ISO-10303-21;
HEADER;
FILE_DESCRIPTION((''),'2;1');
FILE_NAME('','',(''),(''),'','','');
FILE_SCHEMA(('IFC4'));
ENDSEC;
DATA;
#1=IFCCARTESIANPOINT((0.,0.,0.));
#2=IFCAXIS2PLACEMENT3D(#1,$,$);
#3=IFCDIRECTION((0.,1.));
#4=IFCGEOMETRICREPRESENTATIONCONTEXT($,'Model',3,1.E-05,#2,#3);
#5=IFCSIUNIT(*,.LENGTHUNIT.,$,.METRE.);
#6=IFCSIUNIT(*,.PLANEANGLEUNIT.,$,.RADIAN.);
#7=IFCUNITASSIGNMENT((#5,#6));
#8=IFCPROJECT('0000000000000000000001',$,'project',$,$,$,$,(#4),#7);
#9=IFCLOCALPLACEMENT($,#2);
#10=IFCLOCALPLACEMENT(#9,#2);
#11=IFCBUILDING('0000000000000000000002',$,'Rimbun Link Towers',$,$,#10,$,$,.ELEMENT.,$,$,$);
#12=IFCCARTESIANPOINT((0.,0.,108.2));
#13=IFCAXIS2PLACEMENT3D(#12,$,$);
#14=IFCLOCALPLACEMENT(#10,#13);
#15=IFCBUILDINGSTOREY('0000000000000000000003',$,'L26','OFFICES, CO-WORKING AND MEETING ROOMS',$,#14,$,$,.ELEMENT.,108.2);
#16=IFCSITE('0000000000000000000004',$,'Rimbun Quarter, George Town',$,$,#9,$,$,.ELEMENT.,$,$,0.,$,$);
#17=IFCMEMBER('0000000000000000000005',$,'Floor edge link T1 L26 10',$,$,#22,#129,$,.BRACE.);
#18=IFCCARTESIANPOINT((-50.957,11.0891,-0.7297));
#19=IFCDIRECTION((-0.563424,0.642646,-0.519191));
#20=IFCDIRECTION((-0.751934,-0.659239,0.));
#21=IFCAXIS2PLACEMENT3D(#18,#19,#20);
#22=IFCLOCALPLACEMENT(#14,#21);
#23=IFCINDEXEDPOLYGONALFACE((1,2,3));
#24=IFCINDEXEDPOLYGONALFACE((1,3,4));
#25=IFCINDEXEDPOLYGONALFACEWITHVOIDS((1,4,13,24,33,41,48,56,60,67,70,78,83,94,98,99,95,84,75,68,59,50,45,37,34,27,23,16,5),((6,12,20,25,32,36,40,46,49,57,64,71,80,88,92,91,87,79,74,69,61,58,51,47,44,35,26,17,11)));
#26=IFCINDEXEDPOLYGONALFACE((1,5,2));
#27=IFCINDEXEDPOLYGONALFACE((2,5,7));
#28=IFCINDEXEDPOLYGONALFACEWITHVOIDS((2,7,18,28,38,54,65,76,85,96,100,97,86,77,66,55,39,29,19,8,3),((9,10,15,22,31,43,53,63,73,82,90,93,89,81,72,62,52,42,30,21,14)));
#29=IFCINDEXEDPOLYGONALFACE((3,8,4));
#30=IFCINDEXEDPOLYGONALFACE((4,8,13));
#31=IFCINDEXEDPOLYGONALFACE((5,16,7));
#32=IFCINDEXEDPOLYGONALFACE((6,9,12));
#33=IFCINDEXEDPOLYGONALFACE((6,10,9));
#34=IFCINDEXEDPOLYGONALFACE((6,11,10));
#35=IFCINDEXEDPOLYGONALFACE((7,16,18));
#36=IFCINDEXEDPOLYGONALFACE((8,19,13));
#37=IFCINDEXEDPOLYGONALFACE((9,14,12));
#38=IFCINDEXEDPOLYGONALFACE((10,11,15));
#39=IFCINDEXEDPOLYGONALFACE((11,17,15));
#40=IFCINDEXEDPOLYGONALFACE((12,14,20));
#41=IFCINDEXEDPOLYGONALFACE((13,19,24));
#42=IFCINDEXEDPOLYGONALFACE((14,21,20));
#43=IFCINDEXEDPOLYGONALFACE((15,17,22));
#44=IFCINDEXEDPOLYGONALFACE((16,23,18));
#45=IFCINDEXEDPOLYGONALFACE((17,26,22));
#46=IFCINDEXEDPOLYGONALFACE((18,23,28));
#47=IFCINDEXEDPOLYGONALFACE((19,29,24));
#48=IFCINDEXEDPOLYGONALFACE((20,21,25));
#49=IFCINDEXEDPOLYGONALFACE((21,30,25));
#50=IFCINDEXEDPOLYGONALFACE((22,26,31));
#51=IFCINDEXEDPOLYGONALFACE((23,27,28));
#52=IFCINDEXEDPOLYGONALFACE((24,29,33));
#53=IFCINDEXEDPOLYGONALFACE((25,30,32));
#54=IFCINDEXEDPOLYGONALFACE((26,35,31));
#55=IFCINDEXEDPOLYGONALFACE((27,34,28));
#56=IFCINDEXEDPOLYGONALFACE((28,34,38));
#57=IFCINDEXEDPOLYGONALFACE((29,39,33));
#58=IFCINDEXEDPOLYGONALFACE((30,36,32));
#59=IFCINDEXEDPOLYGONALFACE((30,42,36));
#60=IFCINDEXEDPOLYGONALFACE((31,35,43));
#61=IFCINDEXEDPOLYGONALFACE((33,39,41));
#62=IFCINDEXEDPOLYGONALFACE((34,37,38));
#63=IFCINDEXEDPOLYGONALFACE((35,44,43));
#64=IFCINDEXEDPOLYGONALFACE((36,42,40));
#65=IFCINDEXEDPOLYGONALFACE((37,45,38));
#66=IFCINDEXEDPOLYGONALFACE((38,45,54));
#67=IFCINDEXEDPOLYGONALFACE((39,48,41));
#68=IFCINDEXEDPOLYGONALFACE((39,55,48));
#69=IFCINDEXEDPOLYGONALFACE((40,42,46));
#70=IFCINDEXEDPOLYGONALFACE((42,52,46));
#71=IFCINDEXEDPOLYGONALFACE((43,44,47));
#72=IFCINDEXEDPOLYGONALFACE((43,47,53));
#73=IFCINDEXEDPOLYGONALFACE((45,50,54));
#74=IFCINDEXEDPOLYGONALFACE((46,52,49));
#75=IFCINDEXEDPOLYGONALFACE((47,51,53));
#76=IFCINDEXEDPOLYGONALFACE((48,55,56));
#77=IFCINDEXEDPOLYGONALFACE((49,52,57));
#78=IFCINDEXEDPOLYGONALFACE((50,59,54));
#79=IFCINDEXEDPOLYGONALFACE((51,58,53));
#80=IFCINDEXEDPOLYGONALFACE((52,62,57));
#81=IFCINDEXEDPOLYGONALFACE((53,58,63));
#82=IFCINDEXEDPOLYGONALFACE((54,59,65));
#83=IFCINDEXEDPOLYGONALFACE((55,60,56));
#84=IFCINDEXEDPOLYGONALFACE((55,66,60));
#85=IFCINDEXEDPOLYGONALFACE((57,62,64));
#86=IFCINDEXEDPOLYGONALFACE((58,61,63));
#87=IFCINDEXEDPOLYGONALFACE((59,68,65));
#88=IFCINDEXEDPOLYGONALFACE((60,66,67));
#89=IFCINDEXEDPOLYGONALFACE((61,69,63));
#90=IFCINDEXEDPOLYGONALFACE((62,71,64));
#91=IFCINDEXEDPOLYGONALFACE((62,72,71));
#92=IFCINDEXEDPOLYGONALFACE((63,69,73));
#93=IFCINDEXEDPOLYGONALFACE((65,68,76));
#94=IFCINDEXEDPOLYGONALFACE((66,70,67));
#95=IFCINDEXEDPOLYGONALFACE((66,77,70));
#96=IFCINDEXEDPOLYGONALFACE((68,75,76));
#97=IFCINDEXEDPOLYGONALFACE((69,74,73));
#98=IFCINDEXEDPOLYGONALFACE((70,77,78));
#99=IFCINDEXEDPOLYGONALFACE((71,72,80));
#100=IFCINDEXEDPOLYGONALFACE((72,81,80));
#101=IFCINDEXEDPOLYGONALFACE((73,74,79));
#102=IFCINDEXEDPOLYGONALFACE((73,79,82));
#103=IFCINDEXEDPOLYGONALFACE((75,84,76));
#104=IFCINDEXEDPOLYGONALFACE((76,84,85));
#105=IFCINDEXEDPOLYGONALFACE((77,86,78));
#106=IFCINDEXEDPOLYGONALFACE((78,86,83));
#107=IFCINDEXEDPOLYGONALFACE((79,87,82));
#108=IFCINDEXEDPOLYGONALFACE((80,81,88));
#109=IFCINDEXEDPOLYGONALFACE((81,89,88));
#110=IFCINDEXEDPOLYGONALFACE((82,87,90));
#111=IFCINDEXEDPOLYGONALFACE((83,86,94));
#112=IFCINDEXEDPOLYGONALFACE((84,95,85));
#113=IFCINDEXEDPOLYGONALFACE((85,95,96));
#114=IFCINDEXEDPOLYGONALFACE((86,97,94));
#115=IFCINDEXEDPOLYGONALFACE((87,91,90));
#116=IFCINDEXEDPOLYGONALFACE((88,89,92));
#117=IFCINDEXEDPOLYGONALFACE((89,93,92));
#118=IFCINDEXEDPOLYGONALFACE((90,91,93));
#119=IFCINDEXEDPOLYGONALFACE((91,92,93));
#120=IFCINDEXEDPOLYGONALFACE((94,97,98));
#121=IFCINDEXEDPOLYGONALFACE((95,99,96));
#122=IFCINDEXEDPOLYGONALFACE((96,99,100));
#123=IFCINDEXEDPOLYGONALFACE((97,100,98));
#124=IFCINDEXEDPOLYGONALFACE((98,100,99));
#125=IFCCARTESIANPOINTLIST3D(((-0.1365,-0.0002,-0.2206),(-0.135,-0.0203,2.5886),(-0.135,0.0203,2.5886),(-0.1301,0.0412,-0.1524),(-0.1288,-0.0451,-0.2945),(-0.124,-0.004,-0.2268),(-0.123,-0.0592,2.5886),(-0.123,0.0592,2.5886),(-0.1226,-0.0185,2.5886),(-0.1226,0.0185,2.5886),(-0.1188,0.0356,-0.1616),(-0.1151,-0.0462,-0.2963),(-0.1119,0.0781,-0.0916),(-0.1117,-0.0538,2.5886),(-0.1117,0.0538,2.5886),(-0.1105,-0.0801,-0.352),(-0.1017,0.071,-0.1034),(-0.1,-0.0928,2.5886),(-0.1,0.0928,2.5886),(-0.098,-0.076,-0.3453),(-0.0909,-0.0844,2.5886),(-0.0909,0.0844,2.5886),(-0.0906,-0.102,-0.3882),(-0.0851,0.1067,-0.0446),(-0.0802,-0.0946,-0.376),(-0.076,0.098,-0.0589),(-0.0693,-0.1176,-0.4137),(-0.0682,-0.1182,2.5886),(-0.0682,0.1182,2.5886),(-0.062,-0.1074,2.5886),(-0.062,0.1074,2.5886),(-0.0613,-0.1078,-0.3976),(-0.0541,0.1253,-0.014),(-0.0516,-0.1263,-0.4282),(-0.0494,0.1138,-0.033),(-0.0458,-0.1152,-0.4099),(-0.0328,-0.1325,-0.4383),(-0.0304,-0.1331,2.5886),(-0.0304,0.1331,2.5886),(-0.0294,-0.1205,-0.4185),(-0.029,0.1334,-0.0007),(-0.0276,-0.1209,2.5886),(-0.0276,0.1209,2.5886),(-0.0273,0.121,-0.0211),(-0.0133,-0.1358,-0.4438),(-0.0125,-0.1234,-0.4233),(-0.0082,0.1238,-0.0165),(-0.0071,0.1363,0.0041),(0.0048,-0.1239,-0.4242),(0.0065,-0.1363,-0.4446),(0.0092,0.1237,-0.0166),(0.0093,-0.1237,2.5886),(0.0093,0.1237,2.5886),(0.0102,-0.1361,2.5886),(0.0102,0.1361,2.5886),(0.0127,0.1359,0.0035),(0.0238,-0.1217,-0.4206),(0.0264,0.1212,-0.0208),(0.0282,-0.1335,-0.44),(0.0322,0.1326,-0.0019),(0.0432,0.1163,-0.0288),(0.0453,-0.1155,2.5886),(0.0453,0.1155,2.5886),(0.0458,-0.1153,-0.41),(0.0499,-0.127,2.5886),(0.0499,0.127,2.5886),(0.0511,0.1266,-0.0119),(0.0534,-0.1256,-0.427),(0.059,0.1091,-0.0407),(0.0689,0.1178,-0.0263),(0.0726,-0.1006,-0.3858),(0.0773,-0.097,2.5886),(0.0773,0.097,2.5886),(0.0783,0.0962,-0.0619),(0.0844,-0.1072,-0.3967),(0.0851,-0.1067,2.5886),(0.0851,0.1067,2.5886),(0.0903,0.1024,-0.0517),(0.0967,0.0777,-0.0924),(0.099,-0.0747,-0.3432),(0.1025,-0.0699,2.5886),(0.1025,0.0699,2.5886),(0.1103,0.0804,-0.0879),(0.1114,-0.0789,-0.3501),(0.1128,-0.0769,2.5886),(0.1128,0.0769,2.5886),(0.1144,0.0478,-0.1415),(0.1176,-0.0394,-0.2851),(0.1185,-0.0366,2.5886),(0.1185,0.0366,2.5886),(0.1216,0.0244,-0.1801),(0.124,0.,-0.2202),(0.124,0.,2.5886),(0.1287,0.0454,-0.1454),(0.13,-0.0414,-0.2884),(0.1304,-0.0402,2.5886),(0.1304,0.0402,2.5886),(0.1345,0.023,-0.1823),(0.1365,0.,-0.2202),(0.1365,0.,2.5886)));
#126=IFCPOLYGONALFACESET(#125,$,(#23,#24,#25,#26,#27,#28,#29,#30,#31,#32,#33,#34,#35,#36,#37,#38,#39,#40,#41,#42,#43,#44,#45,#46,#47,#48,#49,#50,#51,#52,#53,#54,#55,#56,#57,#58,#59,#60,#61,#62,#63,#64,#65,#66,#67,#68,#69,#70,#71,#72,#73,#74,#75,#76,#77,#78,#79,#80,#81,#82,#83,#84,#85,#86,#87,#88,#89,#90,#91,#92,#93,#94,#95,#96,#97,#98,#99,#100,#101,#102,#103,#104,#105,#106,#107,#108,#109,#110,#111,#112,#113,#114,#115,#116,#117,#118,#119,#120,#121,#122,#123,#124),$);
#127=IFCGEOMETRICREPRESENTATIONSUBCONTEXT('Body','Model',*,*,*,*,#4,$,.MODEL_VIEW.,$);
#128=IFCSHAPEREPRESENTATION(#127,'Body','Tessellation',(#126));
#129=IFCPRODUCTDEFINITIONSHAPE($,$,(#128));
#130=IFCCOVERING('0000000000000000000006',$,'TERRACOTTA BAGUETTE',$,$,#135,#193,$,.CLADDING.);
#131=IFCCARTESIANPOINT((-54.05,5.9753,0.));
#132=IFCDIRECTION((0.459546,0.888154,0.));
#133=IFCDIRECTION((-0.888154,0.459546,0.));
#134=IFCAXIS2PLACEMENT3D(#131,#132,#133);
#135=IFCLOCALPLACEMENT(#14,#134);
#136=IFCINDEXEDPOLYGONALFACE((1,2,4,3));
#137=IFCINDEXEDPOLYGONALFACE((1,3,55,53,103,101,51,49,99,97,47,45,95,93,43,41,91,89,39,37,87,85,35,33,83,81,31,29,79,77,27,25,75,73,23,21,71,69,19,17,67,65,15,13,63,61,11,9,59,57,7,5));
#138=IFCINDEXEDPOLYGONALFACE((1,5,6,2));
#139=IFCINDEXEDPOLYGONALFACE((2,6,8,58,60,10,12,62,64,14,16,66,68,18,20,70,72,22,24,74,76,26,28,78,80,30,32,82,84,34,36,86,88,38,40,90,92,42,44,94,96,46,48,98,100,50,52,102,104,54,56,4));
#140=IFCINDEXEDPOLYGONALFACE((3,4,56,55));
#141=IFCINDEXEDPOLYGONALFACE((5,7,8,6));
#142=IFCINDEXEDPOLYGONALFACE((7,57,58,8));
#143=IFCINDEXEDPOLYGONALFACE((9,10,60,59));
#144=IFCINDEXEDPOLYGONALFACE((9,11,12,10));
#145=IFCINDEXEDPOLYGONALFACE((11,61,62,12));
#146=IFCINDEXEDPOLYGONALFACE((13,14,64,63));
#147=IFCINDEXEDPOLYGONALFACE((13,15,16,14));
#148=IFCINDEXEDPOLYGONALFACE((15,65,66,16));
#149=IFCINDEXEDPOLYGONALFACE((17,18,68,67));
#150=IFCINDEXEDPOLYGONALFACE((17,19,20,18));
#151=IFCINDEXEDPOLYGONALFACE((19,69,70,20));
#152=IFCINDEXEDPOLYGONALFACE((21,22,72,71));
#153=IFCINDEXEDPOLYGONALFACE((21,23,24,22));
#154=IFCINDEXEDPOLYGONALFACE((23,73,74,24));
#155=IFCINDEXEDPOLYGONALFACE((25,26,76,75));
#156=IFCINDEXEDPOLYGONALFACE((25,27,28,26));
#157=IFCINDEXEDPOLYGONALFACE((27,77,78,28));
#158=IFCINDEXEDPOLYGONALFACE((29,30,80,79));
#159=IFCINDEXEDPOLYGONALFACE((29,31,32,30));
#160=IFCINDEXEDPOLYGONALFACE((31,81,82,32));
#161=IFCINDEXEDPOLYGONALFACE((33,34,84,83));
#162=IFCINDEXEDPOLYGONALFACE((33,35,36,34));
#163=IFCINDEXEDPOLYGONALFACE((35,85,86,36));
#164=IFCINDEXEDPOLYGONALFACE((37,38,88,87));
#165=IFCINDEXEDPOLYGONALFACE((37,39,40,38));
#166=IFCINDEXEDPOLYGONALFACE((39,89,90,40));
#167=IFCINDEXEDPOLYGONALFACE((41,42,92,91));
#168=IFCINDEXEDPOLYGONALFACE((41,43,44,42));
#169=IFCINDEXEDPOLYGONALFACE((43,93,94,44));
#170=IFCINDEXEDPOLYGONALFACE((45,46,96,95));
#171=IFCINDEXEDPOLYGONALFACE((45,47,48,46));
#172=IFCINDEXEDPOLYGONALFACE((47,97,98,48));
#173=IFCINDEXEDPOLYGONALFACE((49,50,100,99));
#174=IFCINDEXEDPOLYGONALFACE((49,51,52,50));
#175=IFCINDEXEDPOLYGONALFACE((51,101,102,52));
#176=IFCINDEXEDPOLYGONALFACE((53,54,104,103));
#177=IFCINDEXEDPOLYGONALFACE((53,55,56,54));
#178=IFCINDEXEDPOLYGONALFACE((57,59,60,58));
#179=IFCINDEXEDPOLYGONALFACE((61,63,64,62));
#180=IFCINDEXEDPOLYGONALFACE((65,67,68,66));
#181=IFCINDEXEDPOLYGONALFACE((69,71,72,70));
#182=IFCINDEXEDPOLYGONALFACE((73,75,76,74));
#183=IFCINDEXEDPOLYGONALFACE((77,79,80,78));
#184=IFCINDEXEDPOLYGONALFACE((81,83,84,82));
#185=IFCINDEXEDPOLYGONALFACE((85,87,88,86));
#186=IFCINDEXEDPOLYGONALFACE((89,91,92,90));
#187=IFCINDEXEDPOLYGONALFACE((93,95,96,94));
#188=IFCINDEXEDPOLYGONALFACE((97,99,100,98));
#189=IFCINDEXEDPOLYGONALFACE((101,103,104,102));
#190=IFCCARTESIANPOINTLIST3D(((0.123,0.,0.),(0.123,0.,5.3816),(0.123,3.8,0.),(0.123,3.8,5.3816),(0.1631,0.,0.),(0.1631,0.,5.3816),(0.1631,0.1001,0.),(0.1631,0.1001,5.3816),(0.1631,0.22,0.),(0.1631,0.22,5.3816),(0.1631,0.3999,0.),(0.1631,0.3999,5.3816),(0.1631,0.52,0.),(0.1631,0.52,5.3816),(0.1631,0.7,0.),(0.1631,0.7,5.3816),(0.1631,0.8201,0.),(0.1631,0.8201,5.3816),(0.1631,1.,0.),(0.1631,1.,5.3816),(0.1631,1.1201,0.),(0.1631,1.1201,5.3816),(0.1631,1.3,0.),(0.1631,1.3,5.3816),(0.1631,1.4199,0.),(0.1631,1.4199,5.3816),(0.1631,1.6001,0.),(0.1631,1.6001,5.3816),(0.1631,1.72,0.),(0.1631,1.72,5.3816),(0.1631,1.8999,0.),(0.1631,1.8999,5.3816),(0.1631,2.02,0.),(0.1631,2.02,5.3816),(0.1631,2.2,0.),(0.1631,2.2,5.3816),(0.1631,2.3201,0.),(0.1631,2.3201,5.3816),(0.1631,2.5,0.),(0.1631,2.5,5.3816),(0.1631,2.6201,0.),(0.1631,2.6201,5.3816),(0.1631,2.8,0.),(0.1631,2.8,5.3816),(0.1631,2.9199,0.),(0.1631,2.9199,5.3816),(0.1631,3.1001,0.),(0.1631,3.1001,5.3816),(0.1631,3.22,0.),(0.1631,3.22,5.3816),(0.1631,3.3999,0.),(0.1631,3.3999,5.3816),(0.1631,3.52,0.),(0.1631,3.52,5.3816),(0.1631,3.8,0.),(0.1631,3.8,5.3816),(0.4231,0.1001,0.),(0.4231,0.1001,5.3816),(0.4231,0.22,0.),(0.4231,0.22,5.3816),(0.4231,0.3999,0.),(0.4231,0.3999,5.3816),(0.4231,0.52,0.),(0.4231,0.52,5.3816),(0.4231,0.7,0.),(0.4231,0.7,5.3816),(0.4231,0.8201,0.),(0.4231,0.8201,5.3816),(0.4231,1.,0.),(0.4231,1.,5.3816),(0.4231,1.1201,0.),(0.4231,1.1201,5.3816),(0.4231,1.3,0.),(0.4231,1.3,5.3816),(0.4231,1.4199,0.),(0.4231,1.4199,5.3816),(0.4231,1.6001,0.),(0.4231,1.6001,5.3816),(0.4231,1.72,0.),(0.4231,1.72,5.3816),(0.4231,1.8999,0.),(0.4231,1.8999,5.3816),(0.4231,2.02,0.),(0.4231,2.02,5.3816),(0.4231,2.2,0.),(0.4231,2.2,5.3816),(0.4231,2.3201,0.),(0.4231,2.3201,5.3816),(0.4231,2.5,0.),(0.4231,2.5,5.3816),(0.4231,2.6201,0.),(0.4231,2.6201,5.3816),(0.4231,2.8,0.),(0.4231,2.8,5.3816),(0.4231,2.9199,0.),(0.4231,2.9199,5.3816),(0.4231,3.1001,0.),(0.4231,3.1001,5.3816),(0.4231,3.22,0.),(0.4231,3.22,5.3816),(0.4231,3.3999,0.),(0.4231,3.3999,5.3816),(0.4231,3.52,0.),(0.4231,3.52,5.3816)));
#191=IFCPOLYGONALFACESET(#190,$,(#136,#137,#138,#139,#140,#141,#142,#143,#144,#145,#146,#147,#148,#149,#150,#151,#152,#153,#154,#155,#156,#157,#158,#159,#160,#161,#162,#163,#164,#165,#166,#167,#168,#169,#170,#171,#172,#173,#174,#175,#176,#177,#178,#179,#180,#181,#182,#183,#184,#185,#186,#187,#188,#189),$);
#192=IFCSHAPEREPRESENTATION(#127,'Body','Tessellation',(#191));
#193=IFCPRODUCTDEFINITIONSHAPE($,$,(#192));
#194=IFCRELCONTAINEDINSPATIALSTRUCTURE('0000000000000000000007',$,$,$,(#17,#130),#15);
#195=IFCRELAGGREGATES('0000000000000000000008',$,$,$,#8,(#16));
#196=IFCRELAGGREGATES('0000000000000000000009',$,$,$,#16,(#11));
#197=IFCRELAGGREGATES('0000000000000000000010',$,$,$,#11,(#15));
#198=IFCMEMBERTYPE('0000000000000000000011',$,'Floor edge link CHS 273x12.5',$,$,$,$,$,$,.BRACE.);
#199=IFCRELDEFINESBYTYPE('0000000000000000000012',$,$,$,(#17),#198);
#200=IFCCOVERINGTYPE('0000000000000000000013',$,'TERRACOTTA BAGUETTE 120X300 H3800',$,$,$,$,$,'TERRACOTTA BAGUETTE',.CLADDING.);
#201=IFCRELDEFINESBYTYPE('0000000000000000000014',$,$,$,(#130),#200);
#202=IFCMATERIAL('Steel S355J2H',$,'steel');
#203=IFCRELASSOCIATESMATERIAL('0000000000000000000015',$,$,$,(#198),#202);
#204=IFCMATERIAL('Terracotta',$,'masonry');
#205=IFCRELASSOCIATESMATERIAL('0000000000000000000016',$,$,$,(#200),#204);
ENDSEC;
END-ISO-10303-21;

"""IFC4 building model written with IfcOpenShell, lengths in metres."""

from ifc_helpers import new_model, si_unit, direction, frame, origin, origin_2d, place, context, subcontext, project, spatial, polyline, hollow_circle, outline, extrude, clip, halfspace, material, material_profile, profile_set, type_object, element, save


model = new_model("IFC4")

# Units and contexts
model_context = context("Model", 3, precision=1e-05, world=origin(), true_north=direction((0.0, 1.0)))
body_context = subcontext(model_context, "Body", "Model", "MODEL_VIEW")
ifc_project = project(units=[si_unit("LENGTHUNIT", "METRE"), si_unit("PLANEANGLEUNIT", "RADIAN")], contexts=[model_context])

# Site, building, storey
site_placement = place(None, origin())
site = spatial("IfcSite", under=ifc_project, at=site_placement, Name="Rimbun Quarter, George Town", CompositionType="ELEMENT", RefElevation=0.0)
building_placement = place(site_placement, origin())
building = spatial("IfcBuilding", under=site, at=building_placement, Name="Rimbun Link Towers", CompositionType="ELEMENT")
storey_placement = place(building_placement, frame((0.0, 0.0, 108.2)))
storey = spatial("IfcBuildingStorey", under=building, at=storey_placement, Name="L26", Description="OFFICES, CO-WORKING AND MEETING ROOMS", CompositionType="ELEMENT", Elevation=108.2)

# Member
ifc_material_1 = material(Name="Steel S355J2H", Category="steel")
ifc_material_profile_1 = material_profile(ifc_material_1, hollow_circle(Radius=0.1365, WallThickness=0.0125, at=origin_2d()), Name="CHS 273x12.5")
ifc_profile_set_1 = profile_set([ifc_material_profile_1], Name="Steel S355J2H")
member_type_1 = type_object("IfcMemberType", Name="Floor edge link CHS 273x12.5", PredefinedType="BRACE", material=ifc_profile_set_1)
member_1_placement = place(storey_placement, frame((-50.957, 11.0891, -0.7297), z_axis=(-0.563424, 0.642646, -0.519191), x_axis=(-0.751934, -0.659239, 0.0)))
element("IfcMember", 1, at=member_1_placement, inside=storey, type_object=member_type_1, Name="Floor edge link T1 L26 10", PredefinedType="BRACE", context=body_context, shape_type="Clipping", body=[
    clip(extrude(hollow_circle(Radius=0.1365, WallThickness=0.0125, at=origin_2d()), frame((0.0, 0.0, -0.4685)), (0.0, 0.0, 1.0), 3.0571), halfspace(frame((0.0, 0.0, -0.2202), z_axis=(0.0, 0.854658, -0.519191)), False)),
])

# Covering
ifc_material_2 = material(Name="Terracotta", Category="masonry")
ifc_material_profile_2 = material_profile(ifc_material_2, outline(polyline([(0.123, 0.0), (0.1631, 0.0), (0.1631, 0.1001), (0.4231, 0.1001), (0.4231, 0.22), (0.1631, 0.22), (0.1631, 0.3999), (0.4231, 0.3999), (0.4231, 0.52), (0.1631, 0.52), (0.1631, 0.7), (0.4231, 0.7), (0.4231, 0.8201), (0.1631, 0.8201), (0.1631, 1.0), (0.4231, 1.0), (0.4231, 1.1201), (0.1631, 1.1201), (0.1631, 1.3), (0.4231, 1.3), (0.4231, 1.4199), (0.1631, 1.4199), (0.1631, 1.6001), (0.4231, 1.6001), (0.4231, 1.72), (0.1631, 1.72), (0.1631, 1.8999), (0.4231, 1.8999), (0.4231, 2.02), (0.1631, 2.02), (0.1631, 2.2), (0.4231, 2.2), (0.4231, 2.3201), (0.1631, 2.3201), (0.1631, 2.5), (0.4231, 2.5), (0.4231, 2.6201), (0.1631, 2.6201), (0.1631, 2.8), (0.4231, 2.8), (0.4231, 2.9199), (0.1631, 2.9199), (0.1631, 3.1001), (0.4231, 3.1001), (0.4231, 3.22), (0.1631, 3.22), (0.1631, 3.3999), (0.4231, 3.3999), (0.4231, 3.52), (0.1631, 3.52), (0.1631, 3.8), (0.123, 3.8), (0.123, 0.0)])), Name="BAGUETTE 120X300")
ifc_profile_set_2 = profile_set([ifc_material_profile_2], Name="Terracotta")
covering_type = type_object("IfcCoveringType", Name="TERRACOTTA BAGUETTE 120X300 H3800", ElementType="TERRACOTTA BAGUETTE", PredefinedType="CLADDING", material=ifc_profile_set_2)
covering_placement = place(storey_placement, frame((-54.05, 5.9753, 0.0), z_axis=(0.459546, 0.888154, 0.0), x_axis=(-0.888154, 0.459546, 0.0)))
element("IfcCovering", 2, at=covering_placement, inside=storey, type_object=covering_type, Name="TERRACOTTA BAGUETTE", PredefinedType="CLADDING", context=body_context, shape_type="SweptSolid", body=[
    extrude(outline(polyline([(0.123, 0.0), (0.1631, 0.0), (0.1631, 0.1001), (0.4231, 0.1001), (0.4231, 0.22), (0.1631, 0.22), (0.1631, 0.3999), (0.4231, 0.3999), (0.4231, 0.52), (0.1631, 0.52), (0.1631, 0.7), (0.4231, 0.7), (0.4231, 0.8201), (0.1631, 0.8201), (0.1631, 1.0), (0.4231, 1.0), (0.4231, 1.1201), (0.1631, 1.1201), (0.1631, 1.3), (0.4231, 1.3), (0.4231, 1.4199), (0.1631, 1.4199), (0.1631, 1.6001), (0.4231, 1.6001), (0.4231, 1.72), (0.1631, 1.72), (0.1631, 1.8999), (0.4231, 1.8999), (0.4231, 2.02), (0.1631, 2.02), (0.1631, 2.2), (0.4231, 2.2), (0.4231, 2.3201), (0.1631, 2.3201), (0.1631, 2.5), (0.4231, 2.5), (0.4231, 2.6201), (0.1631, 2.6201), (0.1631, 2.8), (0.4231, 2.8), (0.4231, 2.9199), (0.1631, 2.9199), (0.1631, 3.1001), (0.4231, 3.1001), (0.4231, 3.22), (0.1631, 3.22), (0.1631, 3.3999), (0.4231, 3.3999), (0.4231, 3.52), (0.1631, 3.52), (0.1631, 3.8), (0.123, 3.8), (0.123, 0.0)])), origin(), (0.0, 0.0, 1.0), 5.3816),
])

save(model, "model.ifc")
